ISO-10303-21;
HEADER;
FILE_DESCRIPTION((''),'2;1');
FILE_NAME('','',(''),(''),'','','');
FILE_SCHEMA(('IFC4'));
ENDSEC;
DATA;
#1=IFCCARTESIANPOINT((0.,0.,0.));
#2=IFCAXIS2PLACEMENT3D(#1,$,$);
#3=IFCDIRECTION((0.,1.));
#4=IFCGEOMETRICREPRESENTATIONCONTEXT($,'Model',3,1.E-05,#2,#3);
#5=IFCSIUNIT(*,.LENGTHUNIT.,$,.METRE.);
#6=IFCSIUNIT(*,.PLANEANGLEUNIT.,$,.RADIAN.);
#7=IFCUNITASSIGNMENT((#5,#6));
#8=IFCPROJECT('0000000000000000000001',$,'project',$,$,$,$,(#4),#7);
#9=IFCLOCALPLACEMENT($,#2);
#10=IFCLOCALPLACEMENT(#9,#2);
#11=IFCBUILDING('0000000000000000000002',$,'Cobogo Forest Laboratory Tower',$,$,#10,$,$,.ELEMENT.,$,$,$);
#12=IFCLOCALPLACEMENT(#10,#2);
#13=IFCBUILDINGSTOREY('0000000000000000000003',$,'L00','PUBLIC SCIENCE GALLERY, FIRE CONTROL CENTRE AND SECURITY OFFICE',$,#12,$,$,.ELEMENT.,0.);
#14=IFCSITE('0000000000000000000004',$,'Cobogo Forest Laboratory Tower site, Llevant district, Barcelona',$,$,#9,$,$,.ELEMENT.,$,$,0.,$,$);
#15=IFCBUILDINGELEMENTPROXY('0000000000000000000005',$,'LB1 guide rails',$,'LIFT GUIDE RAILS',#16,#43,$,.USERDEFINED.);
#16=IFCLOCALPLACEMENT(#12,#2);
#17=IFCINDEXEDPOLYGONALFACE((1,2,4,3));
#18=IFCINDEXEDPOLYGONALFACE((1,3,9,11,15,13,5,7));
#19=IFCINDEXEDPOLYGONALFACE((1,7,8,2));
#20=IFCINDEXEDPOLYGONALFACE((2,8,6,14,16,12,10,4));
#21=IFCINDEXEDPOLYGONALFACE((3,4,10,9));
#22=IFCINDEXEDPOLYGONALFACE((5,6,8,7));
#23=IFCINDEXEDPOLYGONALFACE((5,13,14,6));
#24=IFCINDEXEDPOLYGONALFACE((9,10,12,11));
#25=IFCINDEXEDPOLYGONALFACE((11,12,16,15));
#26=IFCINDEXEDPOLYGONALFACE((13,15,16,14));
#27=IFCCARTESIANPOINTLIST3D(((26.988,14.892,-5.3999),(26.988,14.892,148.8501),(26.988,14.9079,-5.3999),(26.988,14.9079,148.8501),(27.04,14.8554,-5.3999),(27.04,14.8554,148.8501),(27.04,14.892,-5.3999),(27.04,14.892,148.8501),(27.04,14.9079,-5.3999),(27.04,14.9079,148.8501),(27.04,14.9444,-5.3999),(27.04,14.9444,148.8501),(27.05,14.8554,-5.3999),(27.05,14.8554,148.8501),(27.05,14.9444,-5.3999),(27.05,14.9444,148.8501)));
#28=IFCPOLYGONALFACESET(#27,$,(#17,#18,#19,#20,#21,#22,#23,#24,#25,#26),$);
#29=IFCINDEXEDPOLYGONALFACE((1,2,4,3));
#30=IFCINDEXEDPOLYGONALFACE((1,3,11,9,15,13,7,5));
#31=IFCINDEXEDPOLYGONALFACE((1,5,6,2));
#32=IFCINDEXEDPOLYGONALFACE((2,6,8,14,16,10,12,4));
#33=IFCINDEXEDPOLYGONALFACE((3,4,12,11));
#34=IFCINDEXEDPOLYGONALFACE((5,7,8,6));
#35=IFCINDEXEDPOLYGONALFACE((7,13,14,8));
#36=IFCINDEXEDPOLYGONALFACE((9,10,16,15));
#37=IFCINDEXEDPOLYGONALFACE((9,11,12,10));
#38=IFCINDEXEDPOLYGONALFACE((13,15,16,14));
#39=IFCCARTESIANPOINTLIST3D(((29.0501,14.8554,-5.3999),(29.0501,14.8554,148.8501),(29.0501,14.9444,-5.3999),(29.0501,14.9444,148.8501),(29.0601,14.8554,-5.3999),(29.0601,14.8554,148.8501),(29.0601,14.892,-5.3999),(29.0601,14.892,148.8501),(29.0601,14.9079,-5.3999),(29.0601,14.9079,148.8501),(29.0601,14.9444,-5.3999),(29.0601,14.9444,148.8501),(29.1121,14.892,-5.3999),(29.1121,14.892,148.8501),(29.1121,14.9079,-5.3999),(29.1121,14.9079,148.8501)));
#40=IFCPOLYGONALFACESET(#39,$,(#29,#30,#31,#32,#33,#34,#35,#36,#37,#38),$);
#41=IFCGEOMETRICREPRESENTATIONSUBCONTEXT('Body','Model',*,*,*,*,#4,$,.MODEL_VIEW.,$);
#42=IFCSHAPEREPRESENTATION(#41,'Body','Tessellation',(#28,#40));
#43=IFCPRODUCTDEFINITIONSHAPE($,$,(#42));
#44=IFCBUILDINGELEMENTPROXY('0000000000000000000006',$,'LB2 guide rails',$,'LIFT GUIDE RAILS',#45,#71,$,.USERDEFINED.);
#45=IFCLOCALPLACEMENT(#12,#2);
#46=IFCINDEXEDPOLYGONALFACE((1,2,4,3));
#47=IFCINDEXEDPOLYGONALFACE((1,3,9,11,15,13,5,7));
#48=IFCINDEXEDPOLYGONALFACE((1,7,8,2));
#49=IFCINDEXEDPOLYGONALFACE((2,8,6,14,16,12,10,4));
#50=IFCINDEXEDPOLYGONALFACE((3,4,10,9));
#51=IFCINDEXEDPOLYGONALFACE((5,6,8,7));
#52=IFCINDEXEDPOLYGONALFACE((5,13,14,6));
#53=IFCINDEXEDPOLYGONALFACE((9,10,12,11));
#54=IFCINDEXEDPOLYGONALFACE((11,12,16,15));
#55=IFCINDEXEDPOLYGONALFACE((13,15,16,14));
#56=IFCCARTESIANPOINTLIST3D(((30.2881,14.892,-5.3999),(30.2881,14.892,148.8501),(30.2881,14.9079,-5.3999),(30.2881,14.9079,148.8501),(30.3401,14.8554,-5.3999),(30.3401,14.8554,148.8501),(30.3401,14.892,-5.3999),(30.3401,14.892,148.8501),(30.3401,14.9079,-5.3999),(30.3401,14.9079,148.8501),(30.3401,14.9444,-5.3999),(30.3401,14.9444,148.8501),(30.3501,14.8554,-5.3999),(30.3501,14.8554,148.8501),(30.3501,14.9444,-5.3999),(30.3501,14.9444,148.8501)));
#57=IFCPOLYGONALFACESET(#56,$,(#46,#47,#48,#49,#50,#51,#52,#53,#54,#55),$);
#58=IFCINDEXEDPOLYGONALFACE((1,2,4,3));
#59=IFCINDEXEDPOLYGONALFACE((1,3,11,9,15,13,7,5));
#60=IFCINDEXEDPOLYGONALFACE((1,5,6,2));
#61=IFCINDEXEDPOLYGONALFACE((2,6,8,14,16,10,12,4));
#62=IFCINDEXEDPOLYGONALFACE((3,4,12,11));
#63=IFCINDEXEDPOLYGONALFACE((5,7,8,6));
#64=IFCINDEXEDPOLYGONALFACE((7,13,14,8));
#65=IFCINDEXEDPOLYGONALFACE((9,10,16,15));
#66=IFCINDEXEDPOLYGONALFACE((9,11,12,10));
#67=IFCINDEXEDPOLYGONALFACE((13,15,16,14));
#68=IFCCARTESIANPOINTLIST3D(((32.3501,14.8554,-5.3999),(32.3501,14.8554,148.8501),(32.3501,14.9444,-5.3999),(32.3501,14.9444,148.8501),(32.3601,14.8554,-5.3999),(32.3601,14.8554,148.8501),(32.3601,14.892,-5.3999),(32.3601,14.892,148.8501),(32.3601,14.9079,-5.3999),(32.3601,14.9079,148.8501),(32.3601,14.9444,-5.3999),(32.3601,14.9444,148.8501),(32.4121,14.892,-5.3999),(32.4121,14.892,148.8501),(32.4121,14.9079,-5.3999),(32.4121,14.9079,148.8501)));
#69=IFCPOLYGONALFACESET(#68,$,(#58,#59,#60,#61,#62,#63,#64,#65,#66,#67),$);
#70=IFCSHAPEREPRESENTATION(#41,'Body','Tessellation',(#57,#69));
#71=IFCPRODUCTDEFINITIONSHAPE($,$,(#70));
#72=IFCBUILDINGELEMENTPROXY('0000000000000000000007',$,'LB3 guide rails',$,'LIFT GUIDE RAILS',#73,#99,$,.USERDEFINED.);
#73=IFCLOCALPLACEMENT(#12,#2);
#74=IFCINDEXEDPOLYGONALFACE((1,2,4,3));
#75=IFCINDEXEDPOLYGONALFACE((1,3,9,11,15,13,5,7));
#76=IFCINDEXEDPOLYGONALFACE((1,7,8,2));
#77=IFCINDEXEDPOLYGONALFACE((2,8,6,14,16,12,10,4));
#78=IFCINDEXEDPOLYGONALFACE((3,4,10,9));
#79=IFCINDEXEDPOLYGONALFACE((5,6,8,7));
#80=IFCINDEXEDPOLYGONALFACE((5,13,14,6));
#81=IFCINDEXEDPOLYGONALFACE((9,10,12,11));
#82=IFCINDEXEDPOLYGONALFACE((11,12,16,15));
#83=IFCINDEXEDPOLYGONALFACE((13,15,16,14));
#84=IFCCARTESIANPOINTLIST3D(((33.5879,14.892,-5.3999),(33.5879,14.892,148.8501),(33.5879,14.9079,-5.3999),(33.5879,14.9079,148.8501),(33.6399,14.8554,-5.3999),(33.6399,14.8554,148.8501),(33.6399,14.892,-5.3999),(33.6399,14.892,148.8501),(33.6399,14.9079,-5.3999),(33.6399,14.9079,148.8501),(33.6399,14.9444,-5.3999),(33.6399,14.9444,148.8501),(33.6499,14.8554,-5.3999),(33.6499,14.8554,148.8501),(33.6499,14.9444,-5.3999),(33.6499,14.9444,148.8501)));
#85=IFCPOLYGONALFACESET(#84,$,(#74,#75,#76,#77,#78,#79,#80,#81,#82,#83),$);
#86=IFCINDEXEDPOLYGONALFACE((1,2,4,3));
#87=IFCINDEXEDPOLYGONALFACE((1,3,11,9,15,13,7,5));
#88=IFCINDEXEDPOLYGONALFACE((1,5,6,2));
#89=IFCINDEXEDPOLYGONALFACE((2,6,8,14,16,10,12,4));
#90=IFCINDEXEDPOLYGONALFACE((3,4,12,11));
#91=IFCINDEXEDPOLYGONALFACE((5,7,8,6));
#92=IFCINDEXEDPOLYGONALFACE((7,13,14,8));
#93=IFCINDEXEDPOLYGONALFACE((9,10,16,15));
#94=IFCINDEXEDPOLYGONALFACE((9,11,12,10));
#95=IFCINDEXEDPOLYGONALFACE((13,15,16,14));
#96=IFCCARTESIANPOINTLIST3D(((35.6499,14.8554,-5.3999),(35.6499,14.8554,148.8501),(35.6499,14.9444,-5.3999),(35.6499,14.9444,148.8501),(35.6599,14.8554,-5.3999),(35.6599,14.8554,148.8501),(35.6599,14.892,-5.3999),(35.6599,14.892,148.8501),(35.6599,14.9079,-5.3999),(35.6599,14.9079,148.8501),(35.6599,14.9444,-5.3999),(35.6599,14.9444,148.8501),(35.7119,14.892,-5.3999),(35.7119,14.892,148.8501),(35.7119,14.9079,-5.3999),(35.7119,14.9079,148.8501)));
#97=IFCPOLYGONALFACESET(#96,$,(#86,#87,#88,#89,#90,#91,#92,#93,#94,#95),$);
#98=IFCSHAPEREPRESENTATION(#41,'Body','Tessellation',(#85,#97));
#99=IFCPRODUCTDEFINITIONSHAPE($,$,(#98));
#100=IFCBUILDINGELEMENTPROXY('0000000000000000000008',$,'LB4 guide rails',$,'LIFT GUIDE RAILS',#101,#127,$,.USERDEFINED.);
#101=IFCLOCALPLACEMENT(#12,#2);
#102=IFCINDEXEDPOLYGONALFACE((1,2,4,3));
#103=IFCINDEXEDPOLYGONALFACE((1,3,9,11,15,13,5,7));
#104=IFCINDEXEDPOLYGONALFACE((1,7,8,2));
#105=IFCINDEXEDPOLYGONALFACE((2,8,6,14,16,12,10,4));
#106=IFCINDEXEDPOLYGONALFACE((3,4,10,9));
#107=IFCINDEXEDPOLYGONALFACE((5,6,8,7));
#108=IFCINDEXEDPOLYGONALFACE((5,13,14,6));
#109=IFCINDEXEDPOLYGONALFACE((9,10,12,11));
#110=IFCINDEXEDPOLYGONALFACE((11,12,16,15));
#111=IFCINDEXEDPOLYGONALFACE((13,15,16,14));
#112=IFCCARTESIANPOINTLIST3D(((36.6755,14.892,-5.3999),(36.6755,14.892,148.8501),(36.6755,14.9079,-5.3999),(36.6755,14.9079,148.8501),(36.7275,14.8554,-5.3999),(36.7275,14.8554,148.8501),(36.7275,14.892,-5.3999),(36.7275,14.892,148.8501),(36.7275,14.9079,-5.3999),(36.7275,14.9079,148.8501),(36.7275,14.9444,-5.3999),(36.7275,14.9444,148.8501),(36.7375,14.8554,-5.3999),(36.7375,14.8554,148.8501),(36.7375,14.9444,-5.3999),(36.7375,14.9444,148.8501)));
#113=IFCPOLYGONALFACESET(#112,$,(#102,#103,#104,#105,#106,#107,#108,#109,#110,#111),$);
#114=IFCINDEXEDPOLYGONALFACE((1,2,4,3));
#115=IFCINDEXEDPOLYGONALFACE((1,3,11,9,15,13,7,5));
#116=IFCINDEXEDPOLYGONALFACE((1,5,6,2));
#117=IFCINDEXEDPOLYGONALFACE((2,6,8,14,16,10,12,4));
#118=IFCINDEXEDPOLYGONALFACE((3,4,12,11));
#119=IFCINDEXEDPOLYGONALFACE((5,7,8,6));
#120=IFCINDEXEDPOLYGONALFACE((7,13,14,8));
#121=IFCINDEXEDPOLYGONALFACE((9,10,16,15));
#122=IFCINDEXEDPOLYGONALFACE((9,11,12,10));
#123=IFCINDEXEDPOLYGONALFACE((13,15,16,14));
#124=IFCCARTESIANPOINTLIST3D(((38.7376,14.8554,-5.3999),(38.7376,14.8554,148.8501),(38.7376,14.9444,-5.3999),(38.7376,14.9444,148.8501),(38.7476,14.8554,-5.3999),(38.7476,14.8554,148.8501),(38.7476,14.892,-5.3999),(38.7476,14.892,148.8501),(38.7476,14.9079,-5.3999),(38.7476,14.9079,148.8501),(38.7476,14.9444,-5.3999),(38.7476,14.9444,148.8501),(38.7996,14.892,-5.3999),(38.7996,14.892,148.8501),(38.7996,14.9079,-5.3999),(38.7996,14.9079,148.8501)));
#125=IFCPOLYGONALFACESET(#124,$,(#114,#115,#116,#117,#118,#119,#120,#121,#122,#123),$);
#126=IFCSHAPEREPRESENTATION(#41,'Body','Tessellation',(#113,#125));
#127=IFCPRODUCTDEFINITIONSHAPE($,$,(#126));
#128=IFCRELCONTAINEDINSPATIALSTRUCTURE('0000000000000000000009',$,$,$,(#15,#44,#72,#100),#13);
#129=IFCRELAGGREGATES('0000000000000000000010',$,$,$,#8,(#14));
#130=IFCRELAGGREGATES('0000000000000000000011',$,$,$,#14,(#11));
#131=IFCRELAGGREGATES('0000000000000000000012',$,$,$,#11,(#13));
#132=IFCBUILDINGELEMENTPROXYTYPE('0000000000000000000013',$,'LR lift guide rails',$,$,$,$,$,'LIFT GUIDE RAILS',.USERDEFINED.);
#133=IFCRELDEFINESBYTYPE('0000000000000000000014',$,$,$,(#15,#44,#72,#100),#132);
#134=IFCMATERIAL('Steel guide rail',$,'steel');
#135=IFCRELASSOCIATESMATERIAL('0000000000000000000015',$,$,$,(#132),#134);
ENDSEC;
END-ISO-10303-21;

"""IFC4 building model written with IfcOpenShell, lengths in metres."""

from ifc_helpers import new_model, si_unit, direction, frame, origin, origin_2d, place, context, subcontext, project, spatial, t_section, extrude, material, type_object, element, save


model = new_model("IFC4")

# Units and contexts
model_context = context("Model", 3, precision=1e-05, world=origin(), true_north=direction((0.0, 1.0)))
body_context = subcontext(model_context, "Body", "Model", "MODEL_VIEW")
ifc_project = project(units=[si_unit("LENGTHUNIT", "METRE"), si_unit("PLANEANGLEUNIT", "RADIAN")], contexts=[model_context])

# Site, building, storey
site_placement = place(None, origin())
site = spatial("IfcSite", under=ifc_project, at=site_placement, Name="Cobogo Forest Laboratory Tower site, Llevant district, Barcelona", CompositionType="ELEMENT", RefElevation=0.0)
building_placement = place(site_placement, origin())
building = spatial("IfcBuilding", under=site, at=building_placement, Name="Cobogo Forest Laboratory Tower", CompositionType="ELEMENT")
storey_placement = place(building_placement, origin())
storey = spatial("IfcBuildingStorey", under=building, at=storey_placement, Name="L00", Description="PUBLIC SCIENCE GALLERY, FIRE CONTROL CENTRE AND SECURITY OFFICE", CompositionType="ELEMENT", Elevation=0.0)

# Building element proxies
ifc_material_1 = material(Name="Steel guide rail", Category="steel")
building_element_proxy_type = type_object("IfcBuildingElementProxyType", Name="LR lift guide rails", ElementType="LIFT GUIDE RAILS", PredefinedType="USERDEFINED", material=ifc_material_1)
for number, where, name in (
    (1, (28.05, 14.8999, 0.0), "LB1 guide rails"),
    (2, (31.3501, 14.8999, 0.0), "LB2 guide rails"),
    (3, (34.6499, 14.8999, 0.0), "LB3 guide rails"),
    (4, (37.7375, 14.8999, 0.0), "LB4 guide rails"),
):
    element("IfcBuildingElementProxy", number, at=place(storey_placement, frame(where)), inside=storey, type_object=building_element_proxy_type, Name=name, ObjectType="LIFT GUIDE RAILS", PredefinedType="USERDEFINED", context=body_context, shape_type="SweptSolid", body=[
        extrude(t_section(Depth=0.062, FlangeWidth=0.089, WebThickness=0.0159, FlangeThickness=0.01, at=origin_2d()), frame((-1.031, 0.0, -5.3999), z_axis=(0.0, 0.0, 1.0), x_axis=(0.0, -1.0, 0.0)), (0.0, 0.0, 1.0), 154.25),
        extrude(t_section(Depth=0.062, FlangeWidth=0.089, WebThickness=0.0159, FlangeThickness=0.01, at=origin_2d()), frame((1.031, 0.0, -5.3999), z_axis=(0.0, 0.0, 1.0), x_axis=(0.0, 1.0, 0.0)), (0.0, 0.0, 1.0), 154.25),
    ])

save(model, "model.ifc")
